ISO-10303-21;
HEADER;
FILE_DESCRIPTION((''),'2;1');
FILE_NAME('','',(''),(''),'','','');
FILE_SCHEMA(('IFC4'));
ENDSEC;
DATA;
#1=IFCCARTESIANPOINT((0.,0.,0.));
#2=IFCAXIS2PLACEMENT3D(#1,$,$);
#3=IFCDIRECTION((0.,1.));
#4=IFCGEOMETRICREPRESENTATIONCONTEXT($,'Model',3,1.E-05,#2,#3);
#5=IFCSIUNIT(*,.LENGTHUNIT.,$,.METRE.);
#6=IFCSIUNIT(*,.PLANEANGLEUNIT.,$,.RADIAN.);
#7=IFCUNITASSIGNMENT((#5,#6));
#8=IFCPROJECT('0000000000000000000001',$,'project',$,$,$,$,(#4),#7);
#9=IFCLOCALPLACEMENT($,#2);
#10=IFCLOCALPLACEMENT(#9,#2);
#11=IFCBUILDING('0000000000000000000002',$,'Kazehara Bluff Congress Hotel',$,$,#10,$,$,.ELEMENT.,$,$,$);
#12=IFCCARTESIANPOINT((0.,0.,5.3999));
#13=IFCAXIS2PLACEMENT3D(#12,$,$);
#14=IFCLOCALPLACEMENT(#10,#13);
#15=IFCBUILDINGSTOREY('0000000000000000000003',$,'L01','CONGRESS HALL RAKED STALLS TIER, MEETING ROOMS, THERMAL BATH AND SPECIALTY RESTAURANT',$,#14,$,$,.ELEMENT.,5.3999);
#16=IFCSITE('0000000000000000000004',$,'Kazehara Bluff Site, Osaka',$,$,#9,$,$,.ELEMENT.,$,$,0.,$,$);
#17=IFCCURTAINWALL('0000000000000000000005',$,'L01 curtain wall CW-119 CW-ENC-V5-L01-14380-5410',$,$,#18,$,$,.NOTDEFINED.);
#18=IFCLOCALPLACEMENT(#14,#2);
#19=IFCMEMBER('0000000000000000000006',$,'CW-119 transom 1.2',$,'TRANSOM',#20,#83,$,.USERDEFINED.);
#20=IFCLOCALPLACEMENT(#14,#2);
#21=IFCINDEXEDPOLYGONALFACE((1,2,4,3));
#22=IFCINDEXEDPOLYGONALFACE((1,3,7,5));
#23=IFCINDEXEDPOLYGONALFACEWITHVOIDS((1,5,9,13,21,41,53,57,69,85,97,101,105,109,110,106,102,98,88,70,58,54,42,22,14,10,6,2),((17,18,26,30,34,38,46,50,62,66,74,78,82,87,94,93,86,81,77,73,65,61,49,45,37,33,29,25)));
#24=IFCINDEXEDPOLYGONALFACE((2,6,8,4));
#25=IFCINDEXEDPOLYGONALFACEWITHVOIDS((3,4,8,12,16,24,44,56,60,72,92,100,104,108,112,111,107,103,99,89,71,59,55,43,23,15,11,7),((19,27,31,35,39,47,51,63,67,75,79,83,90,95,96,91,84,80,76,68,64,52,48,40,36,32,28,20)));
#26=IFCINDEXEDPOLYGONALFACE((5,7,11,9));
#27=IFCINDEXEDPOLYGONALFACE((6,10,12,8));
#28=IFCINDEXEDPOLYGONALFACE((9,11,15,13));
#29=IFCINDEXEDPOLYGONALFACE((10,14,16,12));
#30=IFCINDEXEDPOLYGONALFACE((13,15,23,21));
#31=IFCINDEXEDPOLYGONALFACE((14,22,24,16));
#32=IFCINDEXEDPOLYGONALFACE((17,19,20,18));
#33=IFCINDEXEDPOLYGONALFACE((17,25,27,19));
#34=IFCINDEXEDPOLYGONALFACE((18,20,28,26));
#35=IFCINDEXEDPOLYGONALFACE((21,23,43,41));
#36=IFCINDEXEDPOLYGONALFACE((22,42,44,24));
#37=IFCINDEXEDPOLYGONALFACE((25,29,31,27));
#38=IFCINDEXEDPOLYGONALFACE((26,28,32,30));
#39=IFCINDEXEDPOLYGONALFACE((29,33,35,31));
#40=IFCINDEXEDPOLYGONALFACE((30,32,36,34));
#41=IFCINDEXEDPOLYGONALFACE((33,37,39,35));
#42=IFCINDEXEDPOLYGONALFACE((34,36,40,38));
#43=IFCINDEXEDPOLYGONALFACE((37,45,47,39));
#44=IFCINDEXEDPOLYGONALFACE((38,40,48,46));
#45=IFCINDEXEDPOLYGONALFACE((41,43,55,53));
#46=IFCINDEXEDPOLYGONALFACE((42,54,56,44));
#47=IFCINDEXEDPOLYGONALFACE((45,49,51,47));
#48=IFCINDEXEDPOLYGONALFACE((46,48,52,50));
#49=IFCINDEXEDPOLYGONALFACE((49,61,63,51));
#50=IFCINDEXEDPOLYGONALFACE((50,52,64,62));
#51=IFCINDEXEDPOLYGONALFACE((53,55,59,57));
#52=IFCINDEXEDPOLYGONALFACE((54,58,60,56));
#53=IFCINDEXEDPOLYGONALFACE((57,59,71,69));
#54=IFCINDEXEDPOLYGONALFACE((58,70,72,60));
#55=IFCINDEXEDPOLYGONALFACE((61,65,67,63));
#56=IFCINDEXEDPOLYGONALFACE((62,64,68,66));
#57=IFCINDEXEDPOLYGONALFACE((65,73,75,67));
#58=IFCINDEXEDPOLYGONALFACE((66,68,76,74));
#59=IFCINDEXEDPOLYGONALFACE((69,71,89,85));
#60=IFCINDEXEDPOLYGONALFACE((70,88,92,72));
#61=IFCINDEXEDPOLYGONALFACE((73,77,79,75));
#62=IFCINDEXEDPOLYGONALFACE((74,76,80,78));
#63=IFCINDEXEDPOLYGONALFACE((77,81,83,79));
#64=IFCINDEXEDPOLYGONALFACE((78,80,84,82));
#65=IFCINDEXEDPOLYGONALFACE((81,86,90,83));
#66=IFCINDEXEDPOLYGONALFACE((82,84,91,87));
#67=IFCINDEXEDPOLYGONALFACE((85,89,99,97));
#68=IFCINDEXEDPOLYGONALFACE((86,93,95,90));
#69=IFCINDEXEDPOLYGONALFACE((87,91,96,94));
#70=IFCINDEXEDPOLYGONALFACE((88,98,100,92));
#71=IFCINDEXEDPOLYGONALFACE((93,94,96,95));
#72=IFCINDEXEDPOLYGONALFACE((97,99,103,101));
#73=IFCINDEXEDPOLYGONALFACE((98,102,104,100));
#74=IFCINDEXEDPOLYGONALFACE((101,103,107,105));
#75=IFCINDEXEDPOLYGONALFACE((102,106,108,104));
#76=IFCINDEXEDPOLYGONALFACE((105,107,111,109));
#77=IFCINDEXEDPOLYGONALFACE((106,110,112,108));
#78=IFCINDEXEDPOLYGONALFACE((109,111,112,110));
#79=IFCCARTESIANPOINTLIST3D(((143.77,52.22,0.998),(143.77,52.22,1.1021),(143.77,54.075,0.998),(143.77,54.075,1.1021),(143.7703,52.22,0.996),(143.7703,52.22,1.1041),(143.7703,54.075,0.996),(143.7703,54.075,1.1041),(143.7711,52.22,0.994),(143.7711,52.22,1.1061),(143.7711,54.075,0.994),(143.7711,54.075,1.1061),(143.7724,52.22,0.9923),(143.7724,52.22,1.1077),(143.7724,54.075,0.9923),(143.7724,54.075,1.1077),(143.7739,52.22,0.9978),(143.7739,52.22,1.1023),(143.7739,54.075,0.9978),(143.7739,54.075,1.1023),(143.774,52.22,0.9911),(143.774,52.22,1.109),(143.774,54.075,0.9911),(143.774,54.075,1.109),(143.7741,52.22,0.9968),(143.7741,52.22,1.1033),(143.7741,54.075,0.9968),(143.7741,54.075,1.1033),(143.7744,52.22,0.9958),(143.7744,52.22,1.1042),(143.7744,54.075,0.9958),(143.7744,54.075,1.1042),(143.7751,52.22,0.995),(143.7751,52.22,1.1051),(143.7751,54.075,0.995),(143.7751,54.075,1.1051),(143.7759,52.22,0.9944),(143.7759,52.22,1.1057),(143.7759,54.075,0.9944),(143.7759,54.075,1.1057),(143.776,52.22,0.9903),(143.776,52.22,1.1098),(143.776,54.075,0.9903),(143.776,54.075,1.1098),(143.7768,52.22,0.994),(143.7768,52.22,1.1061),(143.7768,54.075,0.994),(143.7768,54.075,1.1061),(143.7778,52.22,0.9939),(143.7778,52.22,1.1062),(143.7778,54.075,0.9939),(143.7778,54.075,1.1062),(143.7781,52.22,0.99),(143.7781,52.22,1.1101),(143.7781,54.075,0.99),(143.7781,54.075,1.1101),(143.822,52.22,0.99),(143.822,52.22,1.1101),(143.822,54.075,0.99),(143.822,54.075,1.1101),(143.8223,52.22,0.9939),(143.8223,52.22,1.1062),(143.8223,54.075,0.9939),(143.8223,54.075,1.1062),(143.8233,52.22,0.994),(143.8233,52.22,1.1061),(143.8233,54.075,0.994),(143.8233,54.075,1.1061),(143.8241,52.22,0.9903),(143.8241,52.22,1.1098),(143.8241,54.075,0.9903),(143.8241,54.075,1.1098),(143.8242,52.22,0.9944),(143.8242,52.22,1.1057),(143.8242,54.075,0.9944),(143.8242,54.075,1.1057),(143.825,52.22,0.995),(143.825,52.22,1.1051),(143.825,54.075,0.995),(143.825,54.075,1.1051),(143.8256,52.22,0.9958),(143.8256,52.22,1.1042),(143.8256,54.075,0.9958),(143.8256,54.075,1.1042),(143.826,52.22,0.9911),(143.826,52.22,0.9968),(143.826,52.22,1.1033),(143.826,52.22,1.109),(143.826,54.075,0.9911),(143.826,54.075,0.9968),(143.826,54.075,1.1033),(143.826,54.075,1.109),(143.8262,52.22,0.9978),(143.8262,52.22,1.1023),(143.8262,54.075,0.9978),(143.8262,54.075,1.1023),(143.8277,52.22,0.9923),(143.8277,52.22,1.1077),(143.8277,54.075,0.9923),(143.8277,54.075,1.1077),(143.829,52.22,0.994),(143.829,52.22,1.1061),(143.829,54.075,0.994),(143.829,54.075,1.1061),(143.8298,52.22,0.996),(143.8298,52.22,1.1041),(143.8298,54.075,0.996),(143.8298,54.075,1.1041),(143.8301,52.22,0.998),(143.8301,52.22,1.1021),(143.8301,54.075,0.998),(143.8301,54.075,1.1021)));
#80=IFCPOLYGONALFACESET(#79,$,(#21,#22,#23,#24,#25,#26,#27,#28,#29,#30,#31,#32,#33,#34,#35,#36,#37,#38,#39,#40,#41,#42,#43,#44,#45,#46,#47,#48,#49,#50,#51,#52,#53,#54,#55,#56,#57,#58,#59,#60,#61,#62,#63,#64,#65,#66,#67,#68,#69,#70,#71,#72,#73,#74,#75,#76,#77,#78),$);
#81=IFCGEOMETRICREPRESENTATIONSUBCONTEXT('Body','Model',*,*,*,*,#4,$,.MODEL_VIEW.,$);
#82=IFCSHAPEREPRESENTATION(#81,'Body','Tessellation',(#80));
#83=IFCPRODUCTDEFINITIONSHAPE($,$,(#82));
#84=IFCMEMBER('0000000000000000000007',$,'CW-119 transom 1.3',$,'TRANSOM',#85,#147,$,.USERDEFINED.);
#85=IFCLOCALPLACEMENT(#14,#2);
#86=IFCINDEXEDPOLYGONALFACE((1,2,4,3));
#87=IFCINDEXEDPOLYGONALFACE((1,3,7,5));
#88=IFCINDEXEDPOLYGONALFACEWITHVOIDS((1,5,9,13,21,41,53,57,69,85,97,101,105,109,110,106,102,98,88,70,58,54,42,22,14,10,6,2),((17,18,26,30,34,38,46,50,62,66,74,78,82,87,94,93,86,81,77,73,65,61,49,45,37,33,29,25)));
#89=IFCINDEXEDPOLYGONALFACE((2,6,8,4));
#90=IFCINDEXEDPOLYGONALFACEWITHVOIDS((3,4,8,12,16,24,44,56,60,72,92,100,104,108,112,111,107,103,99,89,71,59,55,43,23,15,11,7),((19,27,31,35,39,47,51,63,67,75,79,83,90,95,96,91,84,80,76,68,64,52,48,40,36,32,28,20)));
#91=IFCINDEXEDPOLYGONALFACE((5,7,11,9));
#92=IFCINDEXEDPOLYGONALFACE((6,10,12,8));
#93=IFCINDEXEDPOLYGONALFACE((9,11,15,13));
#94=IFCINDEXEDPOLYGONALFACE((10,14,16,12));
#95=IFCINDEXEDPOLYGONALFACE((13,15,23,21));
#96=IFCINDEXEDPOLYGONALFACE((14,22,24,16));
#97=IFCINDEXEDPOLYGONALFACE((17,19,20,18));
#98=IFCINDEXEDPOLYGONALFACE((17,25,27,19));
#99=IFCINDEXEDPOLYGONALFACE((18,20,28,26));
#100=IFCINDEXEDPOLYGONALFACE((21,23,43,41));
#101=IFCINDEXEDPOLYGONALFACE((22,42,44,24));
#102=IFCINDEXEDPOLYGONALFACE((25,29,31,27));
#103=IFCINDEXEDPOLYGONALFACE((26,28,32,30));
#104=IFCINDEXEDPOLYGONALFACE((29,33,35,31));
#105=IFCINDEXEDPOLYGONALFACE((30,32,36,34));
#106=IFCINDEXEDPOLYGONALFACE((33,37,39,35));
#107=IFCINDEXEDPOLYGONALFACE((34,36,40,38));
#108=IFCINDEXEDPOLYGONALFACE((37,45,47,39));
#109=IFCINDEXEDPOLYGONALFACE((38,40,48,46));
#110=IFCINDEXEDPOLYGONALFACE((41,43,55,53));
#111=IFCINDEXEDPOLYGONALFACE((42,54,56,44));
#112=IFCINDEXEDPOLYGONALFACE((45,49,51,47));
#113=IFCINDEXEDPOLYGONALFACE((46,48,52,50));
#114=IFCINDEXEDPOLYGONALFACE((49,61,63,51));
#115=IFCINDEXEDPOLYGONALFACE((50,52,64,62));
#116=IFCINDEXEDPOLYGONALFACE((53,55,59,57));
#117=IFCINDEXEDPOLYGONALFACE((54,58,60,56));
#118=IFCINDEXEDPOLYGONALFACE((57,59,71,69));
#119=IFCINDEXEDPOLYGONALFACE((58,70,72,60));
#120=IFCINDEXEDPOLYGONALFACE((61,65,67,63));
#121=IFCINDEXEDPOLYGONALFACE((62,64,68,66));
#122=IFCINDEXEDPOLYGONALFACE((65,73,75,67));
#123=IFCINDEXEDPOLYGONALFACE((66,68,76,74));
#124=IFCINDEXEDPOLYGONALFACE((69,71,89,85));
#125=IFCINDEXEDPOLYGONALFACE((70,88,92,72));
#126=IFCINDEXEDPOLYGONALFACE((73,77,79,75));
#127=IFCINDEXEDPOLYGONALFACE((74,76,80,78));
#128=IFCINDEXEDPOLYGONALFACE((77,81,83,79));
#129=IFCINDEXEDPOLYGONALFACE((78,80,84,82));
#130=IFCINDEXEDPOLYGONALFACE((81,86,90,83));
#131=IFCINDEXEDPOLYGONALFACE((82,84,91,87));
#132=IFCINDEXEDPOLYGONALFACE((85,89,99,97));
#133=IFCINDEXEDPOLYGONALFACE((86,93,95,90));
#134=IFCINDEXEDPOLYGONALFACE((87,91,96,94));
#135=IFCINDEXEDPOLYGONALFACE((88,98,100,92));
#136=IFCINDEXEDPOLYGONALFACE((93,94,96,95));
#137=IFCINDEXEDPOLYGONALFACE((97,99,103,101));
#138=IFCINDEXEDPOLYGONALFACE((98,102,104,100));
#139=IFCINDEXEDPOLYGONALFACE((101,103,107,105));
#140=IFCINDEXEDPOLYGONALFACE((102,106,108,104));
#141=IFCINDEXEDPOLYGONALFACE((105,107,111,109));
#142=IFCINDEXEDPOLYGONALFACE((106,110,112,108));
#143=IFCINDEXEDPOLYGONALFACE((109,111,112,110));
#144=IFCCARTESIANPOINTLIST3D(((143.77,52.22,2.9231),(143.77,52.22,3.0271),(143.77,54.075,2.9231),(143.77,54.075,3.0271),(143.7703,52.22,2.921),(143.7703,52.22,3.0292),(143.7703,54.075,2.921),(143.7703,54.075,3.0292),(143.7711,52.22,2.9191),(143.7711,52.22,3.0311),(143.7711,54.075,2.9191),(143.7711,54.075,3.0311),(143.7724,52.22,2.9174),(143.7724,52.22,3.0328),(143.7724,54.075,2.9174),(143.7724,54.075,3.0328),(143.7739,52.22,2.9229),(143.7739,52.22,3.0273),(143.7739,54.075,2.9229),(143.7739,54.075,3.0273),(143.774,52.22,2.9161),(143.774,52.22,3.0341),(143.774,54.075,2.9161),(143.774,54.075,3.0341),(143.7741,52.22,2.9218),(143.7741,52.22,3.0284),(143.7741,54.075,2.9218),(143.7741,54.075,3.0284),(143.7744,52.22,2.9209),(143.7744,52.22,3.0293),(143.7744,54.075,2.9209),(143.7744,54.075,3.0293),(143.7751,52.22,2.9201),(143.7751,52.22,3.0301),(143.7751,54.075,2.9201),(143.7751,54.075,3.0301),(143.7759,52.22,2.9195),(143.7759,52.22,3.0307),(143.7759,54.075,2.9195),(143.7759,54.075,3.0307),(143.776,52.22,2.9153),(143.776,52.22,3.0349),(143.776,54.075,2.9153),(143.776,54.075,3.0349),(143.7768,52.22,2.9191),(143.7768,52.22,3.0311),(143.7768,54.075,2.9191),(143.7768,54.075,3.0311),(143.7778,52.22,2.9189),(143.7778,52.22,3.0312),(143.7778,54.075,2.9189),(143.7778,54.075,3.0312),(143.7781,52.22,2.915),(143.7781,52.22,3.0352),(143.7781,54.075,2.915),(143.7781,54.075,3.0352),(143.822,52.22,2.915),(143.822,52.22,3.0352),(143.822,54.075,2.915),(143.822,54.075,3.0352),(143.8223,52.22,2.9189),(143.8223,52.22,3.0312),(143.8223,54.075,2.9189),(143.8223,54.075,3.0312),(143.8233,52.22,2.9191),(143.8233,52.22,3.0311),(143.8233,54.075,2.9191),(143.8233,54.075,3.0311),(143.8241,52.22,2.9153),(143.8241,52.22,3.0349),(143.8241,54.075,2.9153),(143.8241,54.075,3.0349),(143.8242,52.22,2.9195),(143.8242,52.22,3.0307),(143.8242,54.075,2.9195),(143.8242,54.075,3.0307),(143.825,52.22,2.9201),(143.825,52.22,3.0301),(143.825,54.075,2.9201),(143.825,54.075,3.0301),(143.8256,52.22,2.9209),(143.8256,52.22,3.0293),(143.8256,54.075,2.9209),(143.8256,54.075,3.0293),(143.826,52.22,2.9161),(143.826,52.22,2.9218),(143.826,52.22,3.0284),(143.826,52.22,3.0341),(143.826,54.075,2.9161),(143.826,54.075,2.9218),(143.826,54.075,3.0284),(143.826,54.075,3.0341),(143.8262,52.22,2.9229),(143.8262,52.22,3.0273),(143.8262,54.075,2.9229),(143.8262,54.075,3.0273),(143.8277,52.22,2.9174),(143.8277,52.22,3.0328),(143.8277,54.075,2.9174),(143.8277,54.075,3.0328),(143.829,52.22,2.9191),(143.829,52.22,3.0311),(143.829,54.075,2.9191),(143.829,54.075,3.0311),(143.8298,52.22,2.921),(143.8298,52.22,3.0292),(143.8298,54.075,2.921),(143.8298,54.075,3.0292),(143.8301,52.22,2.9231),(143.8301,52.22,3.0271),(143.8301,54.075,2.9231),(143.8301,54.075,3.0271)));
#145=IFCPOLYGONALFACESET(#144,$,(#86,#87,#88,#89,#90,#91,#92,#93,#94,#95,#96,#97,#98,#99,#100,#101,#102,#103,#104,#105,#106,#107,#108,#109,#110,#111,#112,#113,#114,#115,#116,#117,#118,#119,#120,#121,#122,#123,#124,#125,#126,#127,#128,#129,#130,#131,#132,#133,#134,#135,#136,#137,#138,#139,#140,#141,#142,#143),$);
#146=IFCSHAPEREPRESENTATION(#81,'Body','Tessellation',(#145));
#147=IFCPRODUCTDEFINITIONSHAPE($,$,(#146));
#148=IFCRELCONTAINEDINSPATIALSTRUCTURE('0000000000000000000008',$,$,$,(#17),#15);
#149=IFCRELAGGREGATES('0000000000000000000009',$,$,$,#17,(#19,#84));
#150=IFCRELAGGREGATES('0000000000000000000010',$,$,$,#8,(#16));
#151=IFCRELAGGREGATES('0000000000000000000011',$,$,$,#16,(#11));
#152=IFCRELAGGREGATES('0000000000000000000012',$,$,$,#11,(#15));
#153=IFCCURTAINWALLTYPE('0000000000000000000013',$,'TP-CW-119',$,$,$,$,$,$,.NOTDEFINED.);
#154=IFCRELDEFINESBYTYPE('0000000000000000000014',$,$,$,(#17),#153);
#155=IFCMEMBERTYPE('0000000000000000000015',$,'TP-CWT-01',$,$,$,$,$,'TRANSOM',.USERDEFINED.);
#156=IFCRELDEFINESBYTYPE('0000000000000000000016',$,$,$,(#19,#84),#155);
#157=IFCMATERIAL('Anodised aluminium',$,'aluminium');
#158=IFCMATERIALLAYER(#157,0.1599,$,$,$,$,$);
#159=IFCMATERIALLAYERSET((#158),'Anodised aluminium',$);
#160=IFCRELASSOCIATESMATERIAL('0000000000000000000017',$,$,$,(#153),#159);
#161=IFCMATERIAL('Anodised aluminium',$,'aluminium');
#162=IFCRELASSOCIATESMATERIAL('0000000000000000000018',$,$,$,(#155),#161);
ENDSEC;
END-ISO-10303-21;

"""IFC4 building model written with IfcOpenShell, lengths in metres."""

from ifc_helpers import new_model, si_unit, direction, frame, origin, origin_2d, place, context, subcontext, project, spatial, hollow_rectangle, extrude, material, layer, layer_set, material_profile, profile_set, type_object, element, aggregate, save


model = new_model("IFC4")

# Units and contexts
model_context = context("Model", 3, precision=1e-05, world=origin(), true_north=direction((0.0, 1.0)))
body_context = subcontext(model_context, "Body", "Model", "MODEL_VIEW")
ifc_project = project(units=[si_unit("LENGTHUNIT", "METRE"), si_unit("PLANEANGLEUNIT", "RADIAN")], contexts=[model_context])

# Site, building, storey
site_placement = place(None, origin())
site = spatial("IfcSite", under=ifc_project, at=site_placement, Name="Kazehara Bluff Site, Osaka", CompositionType="ELEMENT", RefElevation=0.0)
building_placement = place(site_placement, origin())
building = spatial("IfcBuilding", under=site, at=building_placement, Name="Kazehara Bluff Congress Hotel", CompositionType="ELEMENT")
storey_placement = place(building_placement, frame((0.0, 0.0, 5.3999)))
storey = spatial("IfcBuildingStorey", under=building, at=storey_placement, Name="L01", Description="CONGRESS HALL RAKED STALLS TIER, MEETING ROOMS, THERMAL BATH AND SPECIALTY RESTAURANT", CompositionType="ELEMENT", Elevation=5.3999)

# Curtain wall
ifc_material_1 = material(Name="Anodised aluminium", Category="aluminium")
ifc_layer_1 = layer(ifc_material_1, 0.1599)
ifc_layer_set_1 = layer_set([ifc_layer_1], Name="Anodised aluminium")
curtain_wall_type_1 = type_object("IfcCurtainWallType", Name="TP-CW-119", PredefinedType="NOTDEFINED", material=ifc_layer_set_1)
curtain_wall_1_placement = place(storey_placement, origin())
curtain_wall_1 = element("IfcCurtainWall", 1, at=curtain_wall_1_placement, inside=storey, type_object=curtain_wall_type_1, Name="L01 curtain wall CW-119 CW-ENC-V5-L01-14380-5410", PredefinedType="NOTDEFINED")

# Members
ifc_material_2 = material(Name="Anodised aluminium", Category="aluminium")
ifc_material_profile_1 = material_profile(ifc_material_2, hollow_rectangle(XDim=0.0601, YDim=0.1201, WallThickness=0.0039, InnerFilletRadius=0.0039, OuterFilletRadius=0.0081, at=origin_2d()))
ifc_profile_set_1 = profile_set([ifc_material_profile_1], Name="Anodised aluminium")
member_type_1 = type_object("IfcMemberType", Name="TP-CWT-01", ElementType="TRANSOM", PredefinedType="USERDEFINED", material=ifc_profile_set_1)
member_1_placement = place(storey_placement, frame((143.8, 52.22, 1.05), z_axis=(0.0, 1.0, 0.0), x_axis=(-1.0, 0.0, 0.0)))
member_1 = element("IfcMember", 2, at=member_1_placement, type_object=member_type_1, Name="CW-119 transom 1.2", ObjectType="TRANSOM", PredefinedType="USERDEFINED", context=body_context, shape_type="SweptSolid", body=[
    extrude(hollow_rectangle(XDim=0.0601, YDim=0.1201, WallThickness=0.0039, InnerFilletRadius=0.0039, OuterFilletRadius=0.0081, at=origin_2d()), origin(), (0.0, 0.0, 1.0), 1.855),
])
member_2_placement = place(storey_placement, frame((143.8, 52.22, 2.9751), z_axis=(0.0, 1.0, 0.0), x_axis=(-1.0, 0.0, 0.0)))
member_2 = element("IfcMember", 3, at=member_2_placement, type_object=member_type_1, Name="CW-119 transom 1.3", ObjectType="TRANSOM", PredefinedType="USERDEFINED", context=body_context, shape_type="SweptSolid", body=[
    extrude(hollow_rectangle(XDim=0.0601, YDim=0.1201, WallThickness=0.0039, InnerFilletRadius=0.0039, OuterFilletRadius=0.0081, at=origin_2d()), origin(), (0.0, 0.0, 1.0), 1.855),
])

aggregate(curtain_wall_1, [member_1, member_2])

save(model, "model.ifc")
